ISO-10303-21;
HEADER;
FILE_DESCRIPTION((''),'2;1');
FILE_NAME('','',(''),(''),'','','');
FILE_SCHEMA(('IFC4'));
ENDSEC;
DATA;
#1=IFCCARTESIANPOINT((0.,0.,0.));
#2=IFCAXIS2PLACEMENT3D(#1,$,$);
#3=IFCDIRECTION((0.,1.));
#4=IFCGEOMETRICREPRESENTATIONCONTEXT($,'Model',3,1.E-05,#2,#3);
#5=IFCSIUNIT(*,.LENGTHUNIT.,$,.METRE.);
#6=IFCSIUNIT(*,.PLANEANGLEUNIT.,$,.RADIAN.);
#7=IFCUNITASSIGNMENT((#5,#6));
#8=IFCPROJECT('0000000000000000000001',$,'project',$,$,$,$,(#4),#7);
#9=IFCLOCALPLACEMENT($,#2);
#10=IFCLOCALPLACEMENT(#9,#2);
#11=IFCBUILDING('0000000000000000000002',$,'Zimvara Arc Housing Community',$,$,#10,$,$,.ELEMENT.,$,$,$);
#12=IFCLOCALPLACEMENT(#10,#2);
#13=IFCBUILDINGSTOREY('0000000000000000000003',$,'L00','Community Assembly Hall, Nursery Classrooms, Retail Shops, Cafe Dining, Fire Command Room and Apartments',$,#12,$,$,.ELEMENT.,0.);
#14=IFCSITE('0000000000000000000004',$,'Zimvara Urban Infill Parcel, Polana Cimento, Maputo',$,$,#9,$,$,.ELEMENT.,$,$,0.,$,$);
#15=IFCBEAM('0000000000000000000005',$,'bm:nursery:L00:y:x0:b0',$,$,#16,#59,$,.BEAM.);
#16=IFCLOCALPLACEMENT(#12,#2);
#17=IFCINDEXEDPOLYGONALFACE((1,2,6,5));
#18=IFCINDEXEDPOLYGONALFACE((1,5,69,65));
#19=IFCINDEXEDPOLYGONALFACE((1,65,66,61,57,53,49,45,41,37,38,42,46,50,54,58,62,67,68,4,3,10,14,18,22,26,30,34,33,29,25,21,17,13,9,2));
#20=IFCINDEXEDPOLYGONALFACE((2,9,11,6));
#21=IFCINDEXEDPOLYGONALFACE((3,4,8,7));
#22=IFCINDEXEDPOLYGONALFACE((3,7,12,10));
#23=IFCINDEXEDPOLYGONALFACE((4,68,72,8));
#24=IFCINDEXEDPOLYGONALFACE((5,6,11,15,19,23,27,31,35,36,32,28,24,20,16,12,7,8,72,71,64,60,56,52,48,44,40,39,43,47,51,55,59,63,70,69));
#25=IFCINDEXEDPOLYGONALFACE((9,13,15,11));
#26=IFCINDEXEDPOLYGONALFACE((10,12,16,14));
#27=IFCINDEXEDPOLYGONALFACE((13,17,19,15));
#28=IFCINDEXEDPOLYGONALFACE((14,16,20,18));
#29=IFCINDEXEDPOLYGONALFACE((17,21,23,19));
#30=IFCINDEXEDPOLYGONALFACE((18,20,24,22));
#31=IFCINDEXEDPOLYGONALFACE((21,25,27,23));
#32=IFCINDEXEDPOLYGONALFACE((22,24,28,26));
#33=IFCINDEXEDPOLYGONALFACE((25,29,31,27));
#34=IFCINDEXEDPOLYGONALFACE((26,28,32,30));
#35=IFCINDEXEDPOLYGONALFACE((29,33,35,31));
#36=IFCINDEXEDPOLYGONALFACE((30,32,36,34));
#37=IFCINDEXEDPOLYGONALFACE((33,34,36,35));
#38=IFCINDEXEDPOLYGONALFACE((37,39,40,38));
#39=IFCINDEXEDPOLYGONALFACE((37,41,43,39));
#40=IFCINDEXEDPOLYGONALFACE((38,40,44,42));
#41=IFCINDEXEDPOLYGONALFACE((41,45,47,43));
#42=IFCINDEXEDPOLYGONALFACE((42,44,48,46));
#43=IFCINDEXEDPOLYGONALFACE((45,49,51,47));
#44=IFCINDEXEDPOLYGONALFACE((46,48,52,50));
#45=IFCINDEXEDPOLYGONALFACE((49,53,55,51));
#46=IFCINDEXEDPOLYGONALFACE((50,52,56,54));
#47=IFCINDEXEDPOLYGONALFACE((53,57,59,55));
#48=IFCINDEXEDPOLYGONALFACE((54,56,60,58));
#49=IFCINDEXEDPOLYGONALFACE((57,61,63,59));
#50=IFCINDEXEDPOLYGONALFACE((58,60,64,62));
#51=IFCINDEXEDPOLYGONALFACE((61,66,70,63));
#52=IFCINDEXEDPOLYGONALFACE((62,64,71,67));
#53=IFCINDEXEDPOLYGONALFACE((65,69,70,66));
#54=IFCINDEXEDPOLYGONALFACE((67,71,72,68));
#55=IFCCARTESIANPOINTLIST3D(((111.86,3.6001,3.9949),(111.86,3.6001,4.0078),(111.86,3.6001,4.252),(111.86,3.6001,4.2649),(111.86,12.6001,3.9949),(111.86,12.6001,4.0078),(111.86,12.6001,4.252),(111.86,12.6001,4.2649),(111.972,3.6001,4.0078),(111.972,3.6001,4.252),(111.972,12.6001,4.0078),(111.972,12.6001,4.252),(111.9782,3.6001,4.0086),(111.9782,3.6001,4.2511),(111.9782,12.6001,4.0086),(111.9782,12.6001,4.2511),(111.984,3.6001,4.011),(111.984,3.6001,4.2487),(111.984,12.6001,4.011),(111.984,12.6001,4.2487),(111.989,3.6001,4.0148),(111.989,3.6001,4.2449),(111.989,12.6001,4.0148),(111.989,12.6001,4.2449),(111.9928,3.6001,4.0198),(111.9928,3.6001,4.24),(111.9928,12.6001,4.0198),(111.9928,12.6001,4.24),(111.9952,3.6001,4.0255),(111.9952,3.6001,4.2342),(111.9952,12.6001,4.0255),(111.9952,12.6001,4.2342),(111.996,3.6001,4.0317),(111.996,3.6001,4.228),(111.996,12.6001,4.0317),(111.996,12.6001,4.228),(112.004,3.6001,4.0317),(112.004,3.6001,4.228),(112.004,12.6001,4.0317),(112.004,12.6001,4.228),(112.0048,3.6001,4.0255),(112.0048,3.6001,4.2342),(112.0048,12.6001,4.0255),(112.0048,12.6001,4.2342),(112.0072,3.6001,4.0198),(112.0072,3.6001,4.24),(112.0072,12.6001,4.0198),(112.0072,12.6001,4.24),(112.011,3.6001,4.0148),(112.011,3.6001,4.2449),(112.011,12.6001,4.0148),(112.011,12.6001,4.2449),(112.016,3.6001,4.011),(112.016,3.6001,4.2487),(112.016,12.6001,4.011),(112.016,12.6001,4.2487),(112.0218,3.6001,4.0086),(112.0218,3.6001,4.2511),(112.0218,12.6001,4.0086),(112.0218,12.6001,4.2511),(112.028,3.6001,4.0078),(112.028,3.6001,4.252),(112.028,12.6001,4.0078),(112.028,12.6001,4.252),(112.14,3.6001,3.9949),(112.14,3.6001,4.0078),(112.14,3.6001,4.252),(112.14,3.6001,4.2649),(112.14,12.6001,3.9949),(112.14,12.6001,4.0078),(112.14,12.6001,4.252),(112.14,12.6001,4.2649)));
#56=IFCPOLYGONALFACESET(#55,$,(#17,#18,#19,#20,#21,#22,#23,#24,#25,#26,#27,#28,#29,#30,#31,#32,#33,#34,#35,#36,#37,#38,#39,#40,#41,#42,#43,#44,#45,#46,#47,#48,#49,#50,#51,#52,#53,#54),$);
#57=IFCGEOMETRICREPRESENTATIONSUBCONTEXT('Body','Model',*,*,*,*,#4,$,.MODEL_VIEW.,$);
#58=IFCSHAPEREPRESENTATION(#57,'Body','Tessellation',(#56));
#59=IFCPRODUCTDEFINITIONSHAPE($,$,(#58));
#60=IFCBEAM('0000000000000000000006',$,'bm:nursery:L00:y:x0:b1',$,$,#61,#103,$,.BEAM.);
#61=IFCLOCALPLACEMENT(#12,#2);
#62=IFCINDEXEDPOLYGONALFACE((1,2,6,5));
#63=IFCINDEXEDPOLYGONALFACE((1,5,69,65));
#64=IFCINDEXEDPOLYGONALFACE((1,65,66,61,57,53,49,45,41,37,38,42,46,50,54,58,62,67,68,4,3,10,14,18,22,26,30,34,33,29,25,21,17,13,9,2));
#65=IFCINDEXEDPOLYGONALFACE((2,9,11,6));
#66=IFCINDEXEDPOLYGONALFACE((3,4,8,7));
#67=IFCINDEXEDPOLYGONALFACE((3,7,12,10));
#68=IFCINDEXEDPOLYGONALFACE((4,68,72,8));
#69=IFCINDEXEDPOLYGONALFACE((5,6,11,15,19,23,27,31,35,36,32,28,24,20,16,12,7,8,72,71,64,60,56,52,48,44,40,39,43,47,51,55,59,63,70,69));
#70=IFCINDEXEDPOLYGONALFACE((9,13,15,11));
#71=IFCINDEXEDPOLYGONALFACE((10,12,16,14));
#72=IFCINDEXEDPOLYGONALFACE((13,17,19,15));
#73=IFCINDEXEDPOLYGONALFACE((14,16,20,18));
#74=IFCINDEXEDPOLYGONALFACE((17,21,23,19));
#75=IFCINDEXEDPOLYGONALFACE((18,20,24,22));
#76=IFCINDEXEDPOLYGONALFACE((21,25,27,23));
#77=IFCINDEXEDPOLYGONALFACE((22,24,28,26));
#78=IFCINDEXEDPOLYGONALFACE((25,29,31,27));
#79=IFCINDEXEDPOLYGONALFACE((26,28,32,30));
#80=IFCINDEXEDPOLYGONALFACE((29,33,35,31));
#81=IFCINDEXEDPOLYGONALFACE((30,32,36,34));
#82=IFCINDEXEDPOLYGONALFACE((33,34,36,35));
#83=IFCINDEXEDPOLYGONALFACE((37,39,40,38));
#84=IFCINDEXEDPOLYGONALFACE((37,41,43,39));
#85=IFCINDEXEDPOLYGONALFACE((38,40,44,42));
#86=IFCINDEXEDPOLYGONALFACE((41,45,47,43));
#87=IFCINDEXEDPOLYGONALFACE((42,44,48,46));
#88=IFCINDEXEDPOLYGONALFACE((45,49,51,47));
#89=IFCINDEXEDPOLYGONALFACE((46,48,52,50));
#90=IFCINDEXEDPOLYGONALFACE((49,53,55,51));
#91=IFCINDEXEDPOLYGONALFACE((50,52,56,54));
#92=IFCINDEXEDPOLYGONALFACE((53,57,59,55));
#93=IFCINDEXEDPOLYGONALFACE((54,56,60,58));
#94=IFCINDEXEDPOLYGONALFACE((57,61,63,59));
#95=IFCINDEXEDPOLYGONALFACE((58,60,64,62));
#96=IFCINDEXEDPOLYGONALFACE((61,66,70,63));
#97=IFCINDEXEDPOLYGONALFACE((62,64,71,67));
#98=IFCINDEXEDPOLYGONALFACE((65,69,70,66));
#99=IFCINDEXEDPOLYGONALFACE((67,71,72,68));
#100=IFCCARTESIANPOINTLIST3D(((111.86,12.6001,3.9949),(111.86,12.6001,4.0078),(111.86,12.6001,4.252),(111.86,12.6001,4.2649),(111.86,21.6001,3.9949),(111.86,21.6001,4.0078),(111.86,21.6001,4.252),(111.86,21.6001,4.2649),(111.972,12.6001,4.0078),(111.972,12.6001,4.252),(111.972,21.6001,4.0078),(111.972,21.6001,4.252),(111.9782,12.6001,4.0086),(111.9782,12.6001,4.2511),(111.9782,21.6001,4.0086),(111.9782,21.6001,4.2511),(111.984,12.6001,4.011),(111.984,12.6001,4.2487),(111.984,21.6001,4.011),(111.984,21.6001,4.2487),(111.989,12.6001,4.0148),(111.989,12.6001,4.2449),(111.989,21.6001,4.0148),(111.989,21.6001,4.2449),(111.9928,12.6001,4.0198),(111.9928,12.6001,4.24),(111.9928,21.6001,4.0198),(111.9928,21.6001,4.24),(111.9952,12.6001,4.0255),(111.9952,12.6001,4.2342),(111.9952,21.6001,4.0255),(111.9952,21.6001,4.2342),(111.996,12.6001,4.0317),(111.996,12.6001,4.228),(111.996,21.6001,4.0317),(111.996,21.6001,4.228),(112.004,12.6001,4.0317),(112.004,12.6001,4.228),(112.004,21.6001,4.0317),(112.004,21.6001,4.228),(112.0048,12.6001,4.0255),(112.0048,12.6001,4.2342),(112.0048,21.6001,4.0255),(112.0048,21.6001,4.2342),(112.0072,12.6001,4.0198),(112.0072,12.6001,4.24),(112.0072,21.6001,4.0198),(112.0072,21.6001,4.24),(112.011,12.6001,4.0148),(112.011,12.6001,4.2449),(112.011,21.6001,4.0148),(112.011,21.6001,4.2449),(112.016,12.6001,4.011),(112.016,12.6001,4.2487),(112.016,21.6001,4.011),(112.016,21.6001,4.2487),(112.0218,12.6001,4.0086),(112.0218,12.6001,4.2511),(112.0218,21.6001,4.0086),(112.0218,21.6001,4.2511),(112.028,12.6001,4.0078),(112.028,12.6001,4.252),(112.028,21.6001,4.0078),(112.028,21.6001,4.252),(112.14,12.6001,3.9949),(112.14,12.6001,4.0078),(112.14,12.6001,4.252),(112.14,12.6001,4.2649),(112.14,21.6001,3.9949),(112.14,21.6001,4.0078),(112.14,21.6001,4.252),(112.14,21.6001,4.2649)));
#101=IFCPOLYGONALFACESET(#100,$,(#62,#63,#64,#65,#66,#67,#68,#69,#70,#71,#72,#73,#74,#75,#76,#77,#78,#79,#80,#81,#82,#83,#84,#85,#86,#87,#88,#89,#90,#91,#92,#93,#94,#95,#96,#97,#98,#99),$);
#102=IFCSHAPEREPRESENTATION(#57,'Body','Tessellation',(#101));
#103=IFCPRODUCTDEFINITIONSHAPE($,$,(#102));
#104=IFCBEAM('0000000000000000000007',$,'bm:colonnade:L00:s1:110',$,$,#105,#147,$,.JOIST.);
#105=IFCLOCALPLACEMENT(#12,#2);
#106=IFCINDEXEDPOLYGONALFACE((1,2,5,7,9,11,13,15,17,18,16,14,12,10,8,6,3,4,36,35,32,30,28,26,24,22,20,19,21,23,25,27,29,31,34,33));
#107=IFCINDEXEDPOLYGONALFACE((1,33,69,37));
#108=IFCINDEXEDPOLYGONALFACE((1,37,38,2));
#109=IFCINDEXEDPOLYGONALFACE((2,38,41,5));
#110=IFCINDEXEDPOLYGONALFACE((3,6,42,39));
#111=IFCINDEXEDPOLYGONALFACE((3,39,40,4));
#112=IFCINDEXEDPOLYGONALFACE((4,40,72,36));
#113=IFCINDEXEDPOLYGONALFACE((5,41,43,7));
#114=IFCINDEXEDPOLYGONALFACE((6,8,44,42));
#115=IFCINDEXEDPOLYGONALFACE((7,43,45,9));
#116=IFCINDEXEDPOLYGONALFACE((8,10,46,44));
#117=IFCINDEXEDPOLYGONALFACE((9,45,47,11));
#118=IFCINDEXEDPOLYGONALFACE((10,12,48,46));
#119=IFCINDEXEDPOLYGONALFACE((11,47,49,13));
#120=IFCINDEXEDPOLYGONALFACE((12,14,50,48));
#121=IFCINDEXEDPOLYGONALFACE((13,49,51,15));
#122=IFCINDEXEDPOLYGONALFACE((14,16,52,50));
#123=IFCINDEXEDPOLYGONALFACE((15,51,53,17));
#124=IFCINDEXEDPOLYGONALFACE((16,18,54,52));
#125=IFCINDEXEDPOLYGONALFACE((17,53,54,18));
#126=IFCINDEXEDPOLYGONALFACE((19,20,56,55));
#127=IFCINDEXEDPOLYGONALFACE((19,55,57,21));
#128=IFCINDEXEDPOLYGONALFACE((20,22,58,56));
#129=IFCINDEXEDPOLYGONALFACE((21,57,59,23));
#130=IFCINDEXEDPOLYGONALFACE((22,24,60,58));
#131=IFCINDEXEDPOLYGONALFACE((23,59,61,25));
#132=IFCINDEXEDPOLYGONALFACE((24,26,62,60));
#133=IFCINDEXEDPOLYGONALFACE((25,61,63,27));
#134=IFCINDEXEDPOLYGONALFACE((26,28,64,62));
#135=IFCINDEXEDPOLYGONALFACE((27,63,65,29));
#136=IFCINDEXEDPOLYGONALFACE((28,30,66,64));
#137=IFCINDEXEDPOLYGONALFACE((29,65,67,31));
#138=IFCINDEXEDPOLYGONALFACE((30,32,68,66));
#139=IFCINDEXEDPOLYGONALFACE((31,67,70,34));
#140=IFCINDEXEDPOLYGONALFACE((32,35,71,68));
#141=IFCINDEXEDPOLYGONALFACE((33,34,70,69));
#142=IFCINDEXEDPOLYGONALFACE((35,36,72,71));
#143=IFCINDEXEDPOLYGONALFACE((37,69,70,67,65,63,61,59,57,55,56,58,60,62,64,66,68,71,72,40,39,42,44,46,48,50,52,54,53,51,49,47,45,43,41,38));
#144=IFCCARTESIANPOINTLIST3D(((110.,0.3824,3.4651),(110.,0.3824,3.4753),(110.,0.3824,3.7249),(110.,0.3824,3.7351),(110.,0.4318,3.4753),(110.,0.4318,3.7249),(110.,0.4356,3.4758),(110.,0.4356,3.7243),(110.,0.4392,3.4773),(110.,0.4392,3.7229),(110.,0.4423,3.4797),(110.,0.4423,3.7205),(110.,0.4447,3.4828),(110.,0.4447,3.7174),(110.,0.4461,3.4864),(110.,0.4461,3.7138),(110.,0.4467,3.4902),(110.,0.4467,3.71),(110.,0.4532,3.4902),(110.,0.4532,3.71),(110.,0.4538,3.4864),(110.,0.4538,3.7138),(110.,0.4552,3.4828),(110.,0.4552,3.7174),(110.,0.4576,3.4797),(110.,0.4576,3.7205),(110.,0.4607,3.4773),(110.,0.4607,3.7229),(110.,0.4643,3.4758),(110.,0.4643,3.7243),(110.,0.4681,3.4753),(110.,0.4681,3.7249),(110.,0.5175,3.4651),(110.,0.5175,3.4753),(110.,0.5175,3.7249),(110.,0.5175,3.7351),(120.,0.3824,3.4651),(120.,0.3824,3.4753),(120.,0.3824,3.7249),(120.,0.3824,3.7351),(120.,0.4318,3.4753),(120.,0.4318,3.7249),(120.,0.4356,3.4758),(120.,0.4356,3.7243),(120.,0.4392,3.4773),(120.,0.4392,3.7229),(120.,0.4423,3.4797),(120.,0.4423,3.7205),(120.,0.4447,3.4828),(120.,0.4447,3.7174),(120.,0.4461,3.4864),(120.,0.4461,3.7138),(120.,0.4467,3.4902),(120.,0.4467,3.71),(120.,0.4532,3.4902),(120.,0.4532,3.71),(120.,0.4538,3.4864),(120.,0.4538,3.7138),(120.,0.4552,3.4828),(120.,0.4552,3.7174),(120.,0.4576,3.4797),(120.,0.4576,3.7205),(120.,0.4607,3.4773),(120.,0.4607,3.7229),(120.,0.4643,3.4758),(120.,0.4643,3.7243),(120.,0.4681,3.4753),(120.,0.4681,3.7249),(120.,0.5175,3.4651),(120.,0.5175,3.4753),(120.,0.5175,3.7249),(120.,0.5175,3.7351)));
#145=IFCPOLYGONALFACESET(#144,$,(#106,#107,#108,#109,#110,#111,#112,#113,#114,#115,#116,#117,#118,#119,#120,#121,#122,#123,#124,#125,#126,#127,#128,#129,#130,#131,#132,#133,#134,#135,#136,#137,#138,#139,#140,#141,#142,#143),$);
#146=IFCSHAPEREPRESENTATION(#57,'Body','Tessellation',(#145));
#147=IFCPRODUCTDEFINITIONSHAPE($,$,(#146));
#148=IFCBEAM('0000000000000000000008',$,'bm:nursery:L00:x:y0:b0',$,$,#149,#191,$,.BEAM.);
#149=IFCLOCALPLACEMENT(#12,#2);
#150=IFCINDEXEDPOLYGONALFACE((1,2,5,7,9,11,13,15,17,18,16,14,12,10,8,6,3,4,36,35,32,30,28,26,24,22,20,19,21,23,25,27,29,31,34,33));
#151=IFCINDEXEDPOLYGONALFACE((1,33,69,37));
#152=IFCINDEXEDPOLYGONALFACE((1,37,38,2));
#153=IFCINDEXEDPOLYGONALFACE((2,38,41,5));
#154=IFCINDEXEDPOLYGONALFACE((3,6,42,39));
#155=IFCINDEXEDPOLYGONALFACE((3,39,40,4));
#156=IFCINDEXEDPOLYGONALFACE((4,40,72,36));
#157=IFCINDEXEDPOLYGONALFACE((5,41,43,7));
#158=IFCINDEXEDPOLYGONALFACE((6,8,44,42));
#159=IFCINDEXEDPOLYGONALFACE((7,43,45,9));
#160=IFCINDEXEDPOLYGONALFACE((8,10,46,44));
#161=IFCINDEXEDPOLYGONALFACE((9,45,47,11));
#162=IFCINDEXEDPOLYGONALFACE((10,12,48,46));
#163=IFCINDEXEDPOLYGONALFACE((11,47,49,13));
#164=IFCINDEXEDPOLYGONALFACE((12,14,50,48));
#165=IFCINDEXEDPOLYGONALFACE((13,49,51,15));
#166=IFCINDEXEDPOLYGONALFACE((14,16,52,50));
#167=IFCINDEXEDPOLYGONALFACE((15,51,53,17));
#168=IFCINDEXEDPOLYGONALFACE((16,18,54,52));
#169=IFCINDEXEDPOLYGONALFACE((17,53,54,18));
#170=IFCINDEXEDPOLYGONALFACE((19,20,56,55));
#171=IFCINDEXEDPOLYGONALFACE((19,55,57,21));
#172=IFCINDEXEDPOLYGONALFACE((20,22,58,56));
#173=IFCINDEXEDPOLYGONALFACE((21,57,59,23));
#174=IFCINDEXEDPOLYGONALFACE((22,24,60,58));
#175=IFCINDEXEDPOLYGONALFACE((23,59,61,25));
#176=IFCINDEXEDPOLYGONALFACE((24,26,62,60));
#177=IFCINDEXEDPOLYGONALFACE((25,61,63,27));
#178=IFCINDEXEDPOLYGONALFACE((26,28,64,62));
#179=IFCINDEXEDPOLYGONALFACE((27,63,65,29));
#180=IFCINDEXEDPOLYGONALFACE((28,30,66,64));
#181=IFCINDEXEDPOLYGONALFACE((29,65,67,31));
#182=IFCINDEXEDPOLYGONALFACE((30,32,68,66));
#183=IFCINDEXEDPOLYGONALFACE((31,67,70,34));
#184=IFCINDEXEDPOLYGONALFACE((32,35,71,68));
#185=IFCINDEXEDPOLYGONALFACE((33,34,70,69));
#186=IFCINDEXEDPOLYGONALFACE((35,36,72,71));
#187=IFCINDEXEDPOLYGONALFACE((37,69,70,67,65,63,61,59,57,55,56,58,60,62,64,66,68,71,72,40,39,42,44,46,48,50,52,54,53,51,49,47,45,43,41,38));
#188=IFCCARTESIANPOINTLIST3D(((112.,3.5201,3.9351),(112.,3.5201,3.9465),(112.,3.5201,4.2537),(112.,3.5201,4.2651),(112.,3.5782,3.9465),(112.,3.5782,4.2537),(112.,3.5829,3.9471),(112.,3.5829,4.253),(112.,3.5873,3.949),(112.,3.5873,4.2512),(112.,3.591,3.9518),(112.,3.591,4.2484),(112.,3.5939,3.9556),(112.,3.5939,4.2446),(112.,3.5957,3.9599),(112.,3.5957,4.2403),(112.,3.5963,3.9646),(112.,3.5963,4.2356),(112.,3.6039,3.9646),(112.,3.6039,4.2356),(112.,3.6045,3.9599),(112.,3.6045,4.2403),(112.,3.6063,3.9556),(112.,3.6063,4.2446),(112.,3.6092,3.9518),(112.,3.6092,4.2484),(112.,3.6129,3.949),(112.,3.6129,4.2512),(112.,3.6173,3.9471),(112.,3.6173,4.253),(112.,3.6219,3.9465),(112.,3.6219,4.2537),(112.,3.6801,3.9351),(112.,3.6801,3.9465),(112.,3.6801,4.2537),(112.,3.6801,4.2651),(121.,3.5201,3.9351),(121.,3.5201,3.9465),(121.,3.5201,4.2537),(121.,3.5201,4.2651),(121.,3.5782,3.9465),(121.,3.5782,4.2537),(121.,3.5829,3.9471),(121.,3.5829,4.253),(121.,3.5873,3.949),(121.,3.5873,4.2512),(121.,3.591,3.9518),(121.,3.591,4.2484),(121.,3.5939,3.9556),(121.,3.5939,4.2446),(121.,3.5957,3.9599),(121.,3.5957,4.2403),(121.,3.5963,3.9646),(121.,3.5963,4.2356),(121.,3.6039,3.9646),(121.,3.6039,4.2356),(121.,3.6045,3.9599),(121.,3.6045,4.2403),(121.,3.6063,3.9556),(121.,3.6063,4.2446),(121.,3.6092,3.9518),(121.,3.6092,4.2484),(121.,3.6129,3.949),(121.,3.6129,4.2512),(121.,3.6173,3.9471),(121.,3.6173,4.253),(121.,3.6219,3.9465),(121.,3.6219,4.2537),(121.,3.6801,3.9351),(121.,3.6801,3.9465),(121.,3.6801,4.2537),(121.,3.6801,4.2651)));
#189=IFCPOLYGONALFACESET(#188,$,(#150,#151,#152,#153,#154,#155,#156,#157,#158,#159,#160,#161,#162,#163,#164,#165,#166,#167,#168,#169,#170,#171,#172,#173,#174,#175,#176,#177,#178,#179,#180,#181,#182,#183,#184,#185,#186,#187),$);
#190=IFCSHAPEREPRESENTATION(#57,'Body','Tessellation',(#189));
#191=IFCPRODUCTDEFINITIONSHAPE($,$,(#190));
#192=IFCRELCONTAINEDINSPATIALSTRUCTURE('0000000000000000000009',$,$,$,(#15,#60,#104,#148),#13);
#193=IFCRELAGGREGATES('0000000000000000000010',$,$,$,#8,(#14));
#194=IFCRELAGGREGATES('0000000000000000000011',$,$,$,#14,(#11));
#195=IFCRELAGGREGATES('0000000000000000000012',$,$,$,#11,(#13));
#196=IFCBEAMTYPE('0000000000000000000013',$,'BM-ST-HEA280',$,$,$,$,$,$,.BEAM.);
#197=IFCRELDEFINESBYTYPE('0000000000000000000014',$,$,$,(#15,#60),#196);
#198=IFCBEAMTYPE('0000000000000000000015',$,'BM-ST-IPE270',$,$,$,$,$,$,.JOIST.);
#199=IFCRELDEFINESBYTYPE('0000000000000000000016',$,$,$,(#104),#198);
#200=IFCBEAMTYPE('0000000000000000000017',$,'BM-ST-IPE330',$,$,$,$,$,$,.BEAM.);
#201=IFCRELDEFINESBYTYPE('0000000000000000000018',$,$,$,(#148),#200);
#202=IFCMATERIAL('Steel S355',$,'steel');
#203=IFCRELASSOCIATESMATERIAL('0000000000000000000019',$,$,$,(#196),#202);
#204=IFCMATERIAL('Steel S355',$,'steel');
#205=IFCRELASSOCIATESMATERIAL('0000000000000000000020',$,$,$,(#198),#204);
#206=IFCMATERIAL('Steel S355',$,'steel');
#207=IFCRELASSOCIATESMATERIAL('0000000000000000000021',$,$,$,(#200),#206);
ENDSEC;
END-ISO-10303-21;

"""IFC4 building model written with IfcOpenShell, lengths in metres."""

from ifc_helpers import new_model, si_unit, direction, frame, origin, origin_2d, place, context, subcontext, project, spatial, i_section, extrude, material, material_profile, profile_set, type_object, element, save


model = new_model("IFC4")

# Units and contexts
model_context = context("Model", 3, precision=1e-05, world=origin(), true_north=direction((0.0, 1.0)))
body_context = subcontext(model_context, "Body", "Model", "MODEL_VIEW")
ifc_project = project(units=[si_unit("LENGTHUNIT", "METRE"), si_unit("PLANEANGLEUNIT", "RADIAN")], contexts=[model_context])

# Site, building, storey
site_placement = place(None, origin())
site = spatial("IfcSite", under=ifc_project, at=site_placement, Name="Zimvara Urban Infill Parcel, Polana Cimento, Maputo", CompositionType="ELEMENT", RefElevation=0.0)
building_placement = place(site_placement, origin())
building = spatial("IfcBuilding", under=site, at=building_placement, Name="Zimvara Arc Housing Community", CompositionType="ELEMENT")
storey_placement = place(building_placement, origin())
storey = spatial("IfcBuildingStorey", under=building, at=storey_placement, Name="L00", Description="Community Assembly Hall, Nursery Classrooms, Retail Shops, Cafe Dining, Fire Command Room and Apartments", CompositionType="ELEMENT", Elevation=0.0)

# Beams
ifc_material_1 = material(Name="Steel S355", Category="steel")
ifc_material_profile_1 = material_profile(ifc_material_1, i_section(OverallWidth=0.28, OverallDepth=0.27, WebThickness=0.0081, FlangeThickness=0.0129, FilletRadius=0.0239, at=origin_2d()), Name="HEA 280")
ifc_profile_set_1 = profile_set([ifc_material_profile_1], Name="Steel S355")
beam_type_1 = type_object("IfcBeamType", Name="BM-ST-HEA280", PredefinedType="BEAM", material=ifc_profile_set_1)
for number, where, z_axis, x_axis, name in (
    (1, (112.0, 3.6001, 4.1299), (0.0, 1.0, 0.0), (-1.0, 0.0, 0.0), "bm:nursery:L00:y:x0:b0"),
    (2, (112.0, 12.6001, 4.1299), (0.0, 1.0, 0.0), (-1.0, 0.0, 0.0), "bm:nursery:L00:y:x0:b1"),
):
    element("IfcBeam", number, at=place(storey_placement, frame(where, z_axis=z_axis, x_axis=x_axis)), inside=storey, type_object=beam_type_1, Name=name, PredefinedType="BEAM", context=body_context, shape_type="SweptSolid", body=[
        extrude(i_section(OverallWidth=0.28, OverallDepth=0.27, WebThickness=0.0081, FlangeThickness=0.0129, FilletRadius=0.0239, at=origin_2d()), origin(), (0.0, 0.0, 1.0), 9.0),
    ])
ifc_material_2 = material(Name="Steel S355", Category="steel")
ifc_material_profile_2 = material_profile(ifc_material_2, i_section(OverallWidth=0.135, OverallDepth=0.27, WebThickness=0.0066, FlangeThickness=0.0103, FilletRadius=0.0149, at=origin_2d()), Name="IPE 270")
ifc_profile_set_2 = profile_set([ifc_material_profile_2], Name="Steel S355")
beam_type_2 = type_object("IfcBeamType", Name="BM-ST-IPE270", PredefinedType="JOIST", material=ifc_profile_set_2)
beam_1_placement = place(storey_placement, frame((110.0, 0.45, 3.6001), z_axis=(1.0, 0.0, 0.0), x_axis=(0.0, 1.0, 0.0)))
element("IfcBeam", 3, at=beam_1_placement, inside=storey, type_object=beam_type_2, Name="bm:colonnade:L00:s1:110", PredefinedType="JOIST", context=body_context, shape_type="SweptSolid", body=[
    extrude(i_section(OverallWidth=0.135, OverallDepth=0.27, WebThickness=0.0066, FlangeThickness=0.0103, FilletRadius=0.0149, at=origin_2d()), origin(), (0.0, 0.0, 1.0), 10.0),
])
ifc_material_3 = material(Name="Steel S355", Category="steel")
ifc_material_profile_3 = material_profile(ifc_material_3, i_section(OverallWidth=0.1599, OverallDepth=0.3301, WebThickness=0.0076, FlangeThickness=0.0115, FilletRadius=0.0181, at=origin_2d()), Name="IPE 330")
ifc_profile_set_3 = profile_set([ifc_material_profile_3], Name="Steel S355")
beam_type_3 = type_object("IfcBeamType", Name="BM-ST-IPE330", PredefinedType="BEAM", material=ifc_profile_set_3)
for number, where, z_axis, x_axis, name in (
    (4, (112.0, 3.6001, 4.1001), (1.0, 0.0, 0.0), (0.0, 1.0, 0.0), "bm:nursery:L00:x:y0:b0"),
):
    element("IfcBeam", number, at=place(storey_placement, frame(where, z_axis=z_axis, x_axis=x_axis)), inside=storey, type_object=beam_type_3, Name=name, PredefinedType="BEAM", context=body_context, shape_type="SweptSolid", body=[
        extrude(i_section(OverallWidth=0.1599, OverallDepth=0.3301, WebThickness=0.0076, FlangeThickness=0.0115, FilletRadius=0.0181, at=origin_2d()), origin(), (0.0, 0.0, 1.0), 9.0),
    ])

save(model, "model.ifc")
